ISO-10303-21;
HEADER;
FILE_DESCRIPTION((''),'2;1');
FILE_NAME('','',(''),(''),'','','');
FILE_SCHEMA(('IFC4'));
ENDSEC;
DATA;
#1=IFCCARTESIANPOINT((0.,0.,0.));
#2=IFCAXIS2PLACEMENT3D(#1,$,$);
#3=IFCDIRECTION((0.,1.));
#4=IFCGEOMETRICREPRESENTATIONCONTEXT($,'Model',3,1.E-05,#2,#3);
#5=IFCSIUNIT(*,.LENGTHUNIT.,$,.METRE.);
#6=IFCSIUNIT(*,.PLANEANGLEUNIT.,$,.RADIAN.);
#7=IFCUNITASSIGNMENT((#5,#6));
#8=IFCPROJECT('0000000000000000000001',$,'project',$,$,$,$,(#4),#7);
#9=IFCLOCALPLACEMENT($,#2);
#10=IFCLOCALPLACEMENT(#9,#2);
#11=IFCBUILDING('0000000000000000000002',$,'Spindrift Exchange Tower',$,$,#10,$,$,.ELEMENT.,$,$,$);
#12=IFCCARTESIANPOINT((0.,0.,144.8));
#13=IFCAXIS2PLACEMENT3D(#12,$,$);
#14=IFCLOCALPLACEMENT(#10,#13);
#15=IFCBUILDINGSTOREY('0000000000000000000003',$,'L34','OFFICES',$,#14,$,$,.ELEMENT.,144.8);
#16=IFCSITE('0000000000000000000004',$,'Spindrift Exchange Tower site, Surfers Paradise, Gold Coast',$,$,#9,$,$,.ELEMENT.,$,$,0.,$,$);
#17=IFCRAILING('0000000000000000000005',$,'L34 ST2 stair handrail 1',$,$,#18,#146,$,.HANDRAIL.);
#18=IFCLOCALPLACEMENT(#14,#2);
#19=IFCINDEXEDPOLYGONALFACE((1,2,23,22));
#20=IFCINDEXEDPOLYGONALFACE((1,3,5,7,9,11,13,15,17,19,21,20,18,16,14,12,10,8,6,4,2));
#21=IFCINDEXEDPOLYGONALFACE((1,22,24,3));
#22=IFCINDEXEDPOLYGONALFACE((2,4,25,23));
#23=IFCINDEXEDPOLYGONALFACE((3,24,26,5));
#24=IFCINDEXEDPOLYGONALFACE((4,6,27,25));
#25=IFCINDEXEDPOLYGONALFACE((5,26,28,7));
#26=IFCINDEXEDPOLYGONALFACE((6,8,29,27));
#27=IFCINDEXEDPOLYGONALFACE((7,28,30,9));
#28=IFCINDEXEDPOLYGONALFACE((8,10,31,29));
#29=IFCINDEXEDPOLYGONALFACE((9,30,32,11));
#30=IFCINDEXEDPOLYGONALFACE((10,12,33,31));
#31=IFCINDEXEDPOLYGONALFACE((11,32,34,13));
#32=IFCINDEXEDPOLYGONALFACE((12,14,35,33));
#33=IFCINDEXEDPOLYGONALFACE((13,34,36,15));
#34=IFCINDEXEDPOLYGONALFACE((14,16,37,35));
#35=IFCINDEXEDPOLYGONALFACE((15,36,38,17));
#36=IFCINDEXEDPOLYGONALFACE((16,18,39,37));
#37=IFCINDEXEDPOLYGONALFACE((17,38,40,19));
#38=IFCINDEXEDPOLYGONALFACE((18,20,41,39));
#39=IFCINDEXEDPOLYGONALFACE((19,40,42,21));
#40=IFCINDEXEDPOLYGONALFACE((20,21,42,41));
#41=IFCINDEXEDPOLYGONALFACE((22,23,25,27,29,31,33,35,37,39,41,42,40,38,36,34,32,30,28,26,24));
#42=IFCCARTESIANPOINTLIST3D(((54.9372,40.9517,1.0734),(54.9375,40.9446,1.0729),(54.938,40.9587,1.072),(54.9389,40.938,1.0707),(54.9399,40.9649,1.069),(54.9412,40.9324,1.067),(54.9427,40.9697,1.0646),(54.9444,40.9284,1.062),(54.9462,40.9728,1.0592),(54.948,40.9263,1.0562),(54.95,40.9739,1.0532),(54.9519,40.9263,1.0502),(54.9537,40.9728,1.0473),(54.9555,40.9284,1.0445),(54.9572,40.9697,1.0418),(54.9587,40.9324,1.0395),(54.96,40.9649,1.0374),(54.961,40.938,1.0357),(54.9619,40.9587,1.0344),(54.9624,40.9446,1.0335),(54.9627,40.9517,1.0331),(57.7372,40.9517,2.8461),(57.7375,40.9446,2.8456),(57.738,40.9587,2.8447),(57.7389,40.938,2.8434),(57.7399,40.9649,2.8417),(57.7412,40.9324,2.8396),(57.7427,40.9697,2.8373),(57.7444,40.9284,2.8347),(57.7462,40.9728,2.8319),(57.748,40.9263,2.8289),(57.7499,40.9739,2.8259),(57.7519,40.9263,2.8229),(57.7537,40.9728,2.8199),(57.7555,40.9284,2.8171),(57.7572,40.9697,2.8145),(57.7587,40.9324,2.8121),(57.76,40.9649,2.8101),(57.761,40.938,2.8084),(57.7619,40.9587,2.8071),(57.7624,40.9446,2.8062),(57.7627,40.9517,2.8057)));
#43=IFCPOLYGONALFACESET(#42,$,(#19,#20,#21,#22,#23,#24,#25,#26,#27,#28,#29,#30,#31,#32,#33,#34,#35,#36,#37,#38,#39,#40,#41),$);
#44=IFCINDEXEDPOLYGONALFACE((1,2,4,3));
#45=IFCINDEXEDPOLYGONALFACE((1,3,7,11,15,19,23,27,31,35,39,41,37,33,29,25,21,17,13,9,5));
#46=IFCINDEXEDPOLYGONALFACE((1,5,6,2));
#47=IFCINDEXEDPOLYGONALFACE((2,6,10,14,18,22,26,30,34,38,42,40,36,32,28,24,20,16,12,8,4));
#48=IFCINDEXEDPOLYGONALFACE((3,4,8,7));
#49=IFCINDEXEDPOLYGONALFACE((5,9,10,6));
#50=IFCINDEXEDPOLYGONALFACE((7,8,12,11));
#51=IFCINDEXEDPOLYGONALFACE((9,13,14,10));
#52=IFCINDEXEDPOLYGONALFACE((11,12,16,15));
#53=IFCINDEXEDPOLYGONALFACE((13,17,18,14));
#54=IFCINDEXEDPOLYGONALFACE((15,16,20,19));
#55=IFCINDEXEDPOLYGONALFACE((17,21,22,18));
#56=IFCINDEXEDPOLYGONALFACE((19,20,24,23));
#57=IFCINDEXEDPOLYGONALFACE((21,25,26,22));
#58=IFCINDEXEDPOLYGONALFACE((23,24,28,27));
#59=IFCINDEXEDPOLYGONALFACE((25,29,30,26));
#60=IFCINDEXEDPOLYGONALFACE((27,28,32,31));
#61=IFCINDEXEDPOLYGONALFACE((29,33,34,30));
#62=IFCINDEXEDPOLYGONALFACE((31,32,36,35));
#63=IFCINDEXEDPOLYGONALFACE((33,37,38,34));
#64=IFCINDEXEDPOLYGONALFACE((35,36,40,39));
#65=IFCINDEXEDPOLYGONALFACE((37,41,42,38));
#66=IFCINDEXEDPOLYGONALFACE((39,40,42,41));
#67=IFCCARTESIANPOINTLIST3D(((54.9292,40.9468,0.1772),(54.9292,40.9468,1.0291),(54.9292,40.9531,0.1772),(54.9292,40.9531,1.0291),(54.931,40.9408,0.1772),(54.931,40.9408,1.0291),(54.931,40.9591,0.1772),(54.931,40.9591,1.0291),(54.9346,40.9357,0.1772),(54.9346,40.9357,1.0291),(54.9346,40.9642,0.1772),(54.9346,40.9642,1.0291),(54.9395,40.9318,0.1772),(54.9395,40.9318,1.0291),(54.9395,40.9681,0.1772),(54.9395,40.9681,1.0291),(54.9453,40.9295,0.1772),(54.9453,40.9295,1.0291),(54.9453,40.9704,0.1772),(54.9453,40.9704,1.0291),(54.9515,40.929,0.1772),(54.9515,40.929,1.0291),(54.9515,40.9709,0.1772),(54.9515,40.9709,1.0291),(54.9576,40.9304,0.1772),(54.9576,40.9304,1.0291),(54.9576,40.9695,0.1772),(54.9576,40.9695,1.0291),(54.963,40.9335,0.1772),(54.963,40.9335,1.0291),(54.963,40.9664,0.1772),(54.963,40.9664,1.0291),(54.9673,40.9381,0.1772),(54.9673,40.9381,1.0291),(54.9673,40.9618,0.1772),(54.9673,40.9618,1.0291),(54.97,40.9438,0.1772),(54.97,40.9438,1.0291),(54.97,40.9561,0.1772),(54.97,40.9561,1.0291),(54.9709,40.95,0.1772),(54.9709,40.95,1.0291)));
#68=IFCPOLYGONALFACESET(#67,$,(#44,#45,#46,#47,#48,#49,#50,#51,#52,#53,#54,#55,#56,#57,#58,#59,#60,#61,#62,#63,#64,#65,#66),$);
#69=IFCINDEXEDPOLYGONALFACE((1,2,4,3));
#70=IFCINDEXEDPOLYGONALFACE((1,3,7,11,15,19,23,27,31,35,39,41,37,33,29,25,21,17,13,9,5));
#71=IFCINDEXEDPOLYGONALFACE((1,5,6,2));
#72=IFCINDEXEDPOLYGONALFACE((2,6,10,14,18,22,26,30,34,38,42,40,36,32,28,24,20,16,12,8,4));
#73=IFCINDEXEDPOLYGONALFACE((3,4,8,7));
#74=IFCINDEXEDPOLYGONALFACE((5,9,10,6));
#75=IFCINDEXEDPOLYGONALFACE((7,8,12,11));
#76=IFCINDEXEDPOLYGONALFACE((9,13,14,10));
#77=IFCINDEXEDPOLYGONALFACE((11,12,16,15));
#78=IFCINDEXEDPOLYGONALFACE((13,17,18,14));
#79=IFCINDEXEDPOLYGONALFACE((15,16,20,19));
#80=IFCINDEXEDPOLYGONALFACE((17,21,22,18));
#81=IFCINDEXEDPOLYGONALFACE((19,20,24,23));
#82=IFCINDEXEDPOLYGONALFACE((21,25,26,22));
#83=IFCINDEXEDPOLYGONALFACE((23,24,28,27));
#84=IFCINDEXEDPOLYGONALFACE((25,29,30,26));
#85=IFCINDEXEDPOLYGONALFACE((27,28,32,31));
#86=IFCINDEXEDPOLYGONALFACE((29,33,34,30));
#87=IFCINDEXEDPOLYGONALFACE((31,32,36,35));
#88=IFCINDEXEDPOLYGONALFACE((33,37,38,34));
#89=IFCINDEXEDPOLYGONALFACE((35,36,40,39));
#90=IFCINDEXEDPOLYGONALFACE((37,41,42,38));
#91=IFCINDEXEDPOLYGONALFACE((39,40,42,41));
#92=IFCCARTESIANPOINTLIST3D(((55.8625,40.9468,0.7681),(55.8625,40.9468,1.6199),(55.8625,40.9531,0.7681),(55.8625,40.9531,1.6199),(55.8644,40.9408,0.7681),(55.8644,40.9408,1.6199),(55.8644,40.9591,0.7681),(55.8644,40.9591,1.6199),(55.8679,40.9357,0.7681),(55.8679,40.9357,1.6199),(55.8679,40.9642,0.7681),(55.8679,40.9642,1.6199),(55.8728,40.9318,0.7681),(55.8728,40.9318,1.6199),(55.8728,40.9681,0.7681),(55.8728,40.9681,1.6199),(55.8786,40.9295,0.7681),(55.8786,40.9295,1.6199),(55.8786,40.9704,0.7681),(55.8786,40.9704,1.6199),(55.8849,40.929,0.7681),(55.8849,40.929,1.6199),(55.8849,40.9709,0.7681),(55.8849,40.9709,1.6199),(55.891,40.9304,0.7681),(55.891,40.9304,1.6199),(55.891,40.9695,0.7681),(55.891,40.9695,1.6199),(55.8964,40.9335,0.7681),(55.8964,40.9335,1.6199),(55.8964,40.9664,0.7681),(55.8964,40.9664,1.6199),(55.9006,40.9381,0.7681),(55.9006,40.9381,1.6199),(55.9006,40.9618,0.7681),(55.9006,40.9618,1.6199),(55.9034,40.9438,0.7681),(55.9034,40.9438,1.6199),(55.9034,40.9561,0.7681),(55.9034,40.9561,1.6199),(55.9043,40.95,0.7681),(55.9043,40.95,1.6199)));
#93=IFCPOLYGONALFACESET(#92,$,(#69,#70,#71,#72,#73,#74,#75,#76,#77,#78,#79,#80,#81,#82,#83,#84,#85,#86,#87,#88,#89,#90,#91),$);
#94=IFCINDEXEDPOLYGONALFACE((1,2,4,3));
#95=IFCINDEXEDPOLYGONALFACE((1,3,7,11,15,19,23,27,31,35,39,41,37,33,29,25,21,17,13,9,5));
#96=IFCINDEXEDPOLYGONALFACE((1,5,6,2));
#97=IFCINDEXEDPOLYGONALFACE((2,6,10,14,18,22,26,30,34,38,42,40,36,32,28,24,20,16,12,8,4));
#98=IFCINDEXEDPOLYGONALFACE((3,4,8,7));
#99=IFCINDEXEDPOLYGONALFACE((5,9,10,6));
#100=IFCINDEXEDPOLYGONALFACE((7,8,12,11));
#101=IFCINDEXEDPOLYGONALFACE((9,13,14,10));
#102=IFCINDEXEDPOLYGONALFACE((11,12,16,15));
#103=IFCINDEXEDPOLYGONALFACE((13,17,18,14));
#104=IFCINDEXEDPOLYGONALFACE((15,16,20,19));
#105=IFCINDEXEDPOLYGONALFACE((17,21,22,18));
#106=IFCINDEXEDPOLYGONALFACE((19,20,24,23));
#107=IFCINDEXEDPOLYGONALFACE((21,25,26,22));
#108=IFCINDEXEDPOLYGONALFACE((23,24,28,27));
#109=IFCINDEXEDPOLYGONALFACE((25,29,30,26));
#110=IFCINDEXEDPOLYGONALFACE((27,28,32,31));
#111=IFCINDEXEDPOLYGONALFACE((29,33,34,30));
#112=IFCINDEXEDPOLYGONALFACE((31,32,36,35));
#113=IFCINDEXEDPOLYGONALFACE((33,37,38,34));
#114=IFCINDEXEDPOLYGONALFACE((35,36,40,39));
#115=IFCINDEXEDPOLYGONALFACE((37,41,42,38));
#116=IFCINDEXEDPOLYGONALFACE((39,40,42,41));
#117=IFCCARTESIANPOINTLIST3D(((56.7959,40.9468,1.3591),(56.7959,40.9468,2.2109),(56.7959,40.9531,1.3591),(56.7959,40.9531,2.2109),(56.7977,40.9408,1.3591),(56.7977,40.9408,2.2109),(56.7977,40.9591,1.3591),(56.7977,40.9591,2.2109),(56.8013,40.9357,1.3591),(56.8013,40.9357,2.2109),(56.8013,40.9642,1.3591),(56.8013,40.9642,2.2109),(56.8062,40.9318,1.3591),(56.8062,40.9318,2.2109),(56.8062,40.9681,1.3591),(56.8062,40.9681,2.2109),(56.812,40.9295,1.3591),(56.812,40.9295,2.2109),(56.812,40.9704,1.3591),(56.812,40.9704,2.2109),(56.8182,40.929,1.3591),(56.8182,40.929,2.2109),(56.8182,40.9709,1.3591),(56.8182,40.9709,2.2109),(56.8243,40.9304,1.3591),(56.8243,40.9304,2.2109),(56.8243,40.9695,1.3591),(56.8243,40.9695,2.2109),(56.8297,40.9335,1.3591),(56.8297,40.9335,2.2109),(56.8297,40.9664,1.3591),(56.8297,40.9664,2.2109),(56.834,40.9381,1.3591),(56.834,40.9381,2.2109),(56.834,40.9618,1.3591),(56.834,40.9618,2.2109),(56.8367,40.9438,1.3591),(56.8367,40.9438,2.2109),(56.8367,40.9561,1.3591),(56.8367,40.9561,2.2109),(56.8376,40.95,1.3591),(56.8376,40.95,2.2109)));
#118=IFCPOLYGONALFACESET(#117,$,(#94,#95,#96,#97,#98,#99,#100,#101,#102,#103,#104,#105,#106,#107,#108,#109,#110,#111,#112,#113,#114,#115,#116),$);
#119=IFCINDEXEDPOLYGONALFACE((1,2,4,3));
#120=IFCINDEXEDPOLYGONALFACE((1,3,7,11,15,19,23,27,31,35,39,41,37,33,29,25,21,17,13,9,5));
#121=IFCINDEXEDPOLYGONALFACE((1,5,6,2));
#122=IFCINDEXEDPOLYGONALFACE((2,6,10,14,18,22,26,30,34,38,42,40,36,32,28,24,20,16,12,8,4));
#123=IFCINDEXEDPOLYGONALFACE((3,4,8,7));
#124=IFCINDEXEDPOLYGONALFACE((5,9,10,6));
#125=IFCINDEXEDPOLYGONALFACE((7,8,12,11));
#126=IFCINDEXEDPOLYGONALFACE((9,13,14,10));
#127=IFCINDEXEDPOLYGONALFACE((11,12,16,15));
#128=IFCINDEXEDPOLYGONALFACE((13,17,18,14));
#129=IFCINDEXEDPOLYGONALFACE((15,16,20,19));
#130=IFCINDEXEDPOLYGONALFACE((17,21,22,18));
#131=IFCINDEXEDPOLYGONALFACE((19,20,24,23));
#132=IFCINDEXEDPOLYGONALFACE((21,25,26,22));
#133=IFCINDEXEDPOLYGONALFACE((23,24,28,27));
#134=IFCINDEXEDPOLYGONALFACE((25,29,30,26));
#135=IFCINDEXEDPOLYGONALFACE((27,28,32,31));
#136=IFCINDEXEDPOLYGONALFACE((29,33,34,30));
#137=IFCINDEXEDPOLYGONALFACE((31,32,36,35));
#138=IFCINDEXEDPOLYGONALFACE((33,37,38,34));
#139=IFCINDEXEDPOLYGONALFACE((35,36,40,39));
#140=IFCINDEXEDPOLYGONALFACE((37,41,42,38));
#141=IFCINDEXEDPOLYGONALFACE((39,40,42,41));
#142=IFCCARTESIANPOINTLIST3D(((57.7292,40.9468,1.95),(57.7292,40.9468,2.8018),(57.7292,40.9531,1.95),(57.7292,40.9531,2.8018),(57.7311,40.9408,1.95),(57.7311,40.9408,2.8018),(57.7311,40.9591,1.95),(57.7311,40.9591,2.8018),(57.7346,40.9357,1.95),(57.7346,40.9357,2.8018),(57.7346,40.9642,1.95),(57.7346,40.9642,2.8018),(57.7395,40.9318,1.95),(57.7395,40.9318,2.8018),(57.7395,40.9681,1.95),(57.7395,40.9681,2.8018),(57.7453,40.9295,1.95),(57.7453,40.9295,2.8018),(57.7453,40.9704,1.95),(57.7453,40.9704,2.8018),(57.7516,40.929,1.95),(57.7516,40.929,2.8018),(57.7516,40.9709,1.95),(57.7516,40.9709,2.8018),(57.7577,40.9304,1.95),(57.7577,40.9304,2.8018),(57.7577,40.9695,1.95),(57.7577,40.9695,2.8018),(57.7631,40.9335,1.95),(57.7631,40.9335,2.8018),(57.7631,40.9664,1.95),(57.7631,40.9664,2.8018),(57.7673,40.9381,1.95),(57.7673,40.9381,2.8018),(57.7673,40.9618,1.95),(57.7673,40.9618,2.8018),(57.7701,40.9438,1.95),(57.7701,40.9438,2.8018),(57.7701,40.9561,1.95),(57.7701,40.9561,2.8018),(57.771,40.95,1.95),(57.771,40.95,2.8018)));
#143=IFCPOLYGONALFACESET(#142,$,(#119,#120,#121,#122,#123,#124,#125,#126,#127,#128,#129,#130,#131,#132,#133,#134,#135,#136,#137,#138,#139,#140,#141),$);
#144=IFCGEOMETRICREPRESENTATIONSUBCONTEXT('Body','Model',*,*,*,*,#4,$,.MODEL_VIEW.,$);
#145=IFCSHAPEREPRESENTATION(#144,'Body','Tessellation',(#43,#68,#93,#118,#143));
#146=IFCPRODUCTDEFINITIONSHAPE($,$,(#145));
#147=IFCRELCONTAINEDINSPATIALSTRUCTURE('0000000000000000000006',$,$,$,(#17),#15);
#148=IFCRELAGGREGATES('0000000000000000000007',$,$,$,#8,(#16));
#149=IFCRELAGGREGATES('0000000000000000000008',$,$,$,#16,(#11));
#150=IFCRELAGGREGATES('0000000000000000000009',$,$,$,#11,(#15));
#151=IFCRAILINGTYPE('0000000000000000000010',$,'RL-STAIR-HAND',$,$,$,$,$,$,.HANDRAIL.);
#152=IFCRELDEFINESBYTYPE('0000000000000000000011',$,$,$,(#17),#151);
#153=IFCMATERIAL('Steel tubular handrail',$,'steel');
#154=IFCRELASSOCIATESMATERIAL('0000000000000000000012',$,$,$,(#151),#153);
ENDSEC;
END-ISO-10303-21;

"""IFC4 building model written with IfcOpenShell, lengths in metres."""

from ifc_helpers import new_model, si_unit, direction, frame, origin, origin_2d, place, context, subcontext, project, spatial, circle, extrude, material, type_object, element, save


model = new_model("IFC4")

# Units and contexts
model_context = context("Model", 3, precision=1e-05, world=origin(), true_north=direction((0.0, 1.0)))
body_context = subcontext(model_context, "Body", "Model", "MODEL_VIEW")
ifc_project = project(units=[si_unit("LENGTHUNIT", "METRE"), si_unit("PLANEANGLEUNIT", "RADIAN")], contexts=[model_context])

# Site, building, storey
site_placement = place(None, origin())
site = spatial("IfcSite", under=ifc_project, at=site_placement, Name="Spindrift Exchange Tower site, Surfers Paradise, Gold Coast", CompositionType="ELEMENT", RefElevation=0.0)
building_placement = place(site_placement, origin())
building = spatial("IfcBuilding", under=site, at=building_placement, Name="Spindrift Exchange Tower", CompositionType="ELEMENT")
storey_placement = place(building_placement, frame((0.0, 0.0, 144.8)))
storey = spatial("IfcBuildingStorey", under=building, at=storey_placement, Name="L34", Description="OFFICES", CompositionType="ELEMENT", Elevation=144.8)

# Railing
ifc_material_1 = material(Name="Steel tubular handrail", Category="steel")
railing_type_1 = type_object("IfcRailingType", Name="RL-STAIR-HAND", PredefinedType="HANDRAIL", material=ifc_material_1)
railing_1_placement = place(storey_placement, frame((54.95, 40.95, 0.1772)))
element("IfcRailing", 1, at=railing_1_placement, inside=storey, type_object=railing_type_1, Name="L34 ST2 stair handrail 1", PredefinedType="HANDRAIL", context=body_context, shape_type="SweptSolid", body=[
    extrude(circle(Radius=0.0239, at=origin_2d()), frame((0.0, 0.0, 0.876), z_axis=(0.844909, 0.0, 0.53491), x_axis=(0.0, 1.0, 0.0)), (0.0, 0.0, 1.0), 3.314),
    extrude(circle(Radius=0.021, at=origin_2d()), origin(), (0.0, 0.0, 1.0), 0.8518),
    extrude(circle(Radius=0.021, at=origin_2d()), frame((0.9333, 0.0, 0.5908)), (0.0, 0.0, 1.0), 0.8518),
    extrude(circle(Radius=0.021, at=origin_2d()), frame((1.8667, 0.0, 1.1819)), (0.0, 0.0, 1.0), 0.8518),
    extrude(circle(Radius=0.021, at=origin_2d()), frame((2.8, 0.0, 1.7727)), (0.0, 0.0, 1.0), 0.8518),
])

save(model, "model.ifc")
